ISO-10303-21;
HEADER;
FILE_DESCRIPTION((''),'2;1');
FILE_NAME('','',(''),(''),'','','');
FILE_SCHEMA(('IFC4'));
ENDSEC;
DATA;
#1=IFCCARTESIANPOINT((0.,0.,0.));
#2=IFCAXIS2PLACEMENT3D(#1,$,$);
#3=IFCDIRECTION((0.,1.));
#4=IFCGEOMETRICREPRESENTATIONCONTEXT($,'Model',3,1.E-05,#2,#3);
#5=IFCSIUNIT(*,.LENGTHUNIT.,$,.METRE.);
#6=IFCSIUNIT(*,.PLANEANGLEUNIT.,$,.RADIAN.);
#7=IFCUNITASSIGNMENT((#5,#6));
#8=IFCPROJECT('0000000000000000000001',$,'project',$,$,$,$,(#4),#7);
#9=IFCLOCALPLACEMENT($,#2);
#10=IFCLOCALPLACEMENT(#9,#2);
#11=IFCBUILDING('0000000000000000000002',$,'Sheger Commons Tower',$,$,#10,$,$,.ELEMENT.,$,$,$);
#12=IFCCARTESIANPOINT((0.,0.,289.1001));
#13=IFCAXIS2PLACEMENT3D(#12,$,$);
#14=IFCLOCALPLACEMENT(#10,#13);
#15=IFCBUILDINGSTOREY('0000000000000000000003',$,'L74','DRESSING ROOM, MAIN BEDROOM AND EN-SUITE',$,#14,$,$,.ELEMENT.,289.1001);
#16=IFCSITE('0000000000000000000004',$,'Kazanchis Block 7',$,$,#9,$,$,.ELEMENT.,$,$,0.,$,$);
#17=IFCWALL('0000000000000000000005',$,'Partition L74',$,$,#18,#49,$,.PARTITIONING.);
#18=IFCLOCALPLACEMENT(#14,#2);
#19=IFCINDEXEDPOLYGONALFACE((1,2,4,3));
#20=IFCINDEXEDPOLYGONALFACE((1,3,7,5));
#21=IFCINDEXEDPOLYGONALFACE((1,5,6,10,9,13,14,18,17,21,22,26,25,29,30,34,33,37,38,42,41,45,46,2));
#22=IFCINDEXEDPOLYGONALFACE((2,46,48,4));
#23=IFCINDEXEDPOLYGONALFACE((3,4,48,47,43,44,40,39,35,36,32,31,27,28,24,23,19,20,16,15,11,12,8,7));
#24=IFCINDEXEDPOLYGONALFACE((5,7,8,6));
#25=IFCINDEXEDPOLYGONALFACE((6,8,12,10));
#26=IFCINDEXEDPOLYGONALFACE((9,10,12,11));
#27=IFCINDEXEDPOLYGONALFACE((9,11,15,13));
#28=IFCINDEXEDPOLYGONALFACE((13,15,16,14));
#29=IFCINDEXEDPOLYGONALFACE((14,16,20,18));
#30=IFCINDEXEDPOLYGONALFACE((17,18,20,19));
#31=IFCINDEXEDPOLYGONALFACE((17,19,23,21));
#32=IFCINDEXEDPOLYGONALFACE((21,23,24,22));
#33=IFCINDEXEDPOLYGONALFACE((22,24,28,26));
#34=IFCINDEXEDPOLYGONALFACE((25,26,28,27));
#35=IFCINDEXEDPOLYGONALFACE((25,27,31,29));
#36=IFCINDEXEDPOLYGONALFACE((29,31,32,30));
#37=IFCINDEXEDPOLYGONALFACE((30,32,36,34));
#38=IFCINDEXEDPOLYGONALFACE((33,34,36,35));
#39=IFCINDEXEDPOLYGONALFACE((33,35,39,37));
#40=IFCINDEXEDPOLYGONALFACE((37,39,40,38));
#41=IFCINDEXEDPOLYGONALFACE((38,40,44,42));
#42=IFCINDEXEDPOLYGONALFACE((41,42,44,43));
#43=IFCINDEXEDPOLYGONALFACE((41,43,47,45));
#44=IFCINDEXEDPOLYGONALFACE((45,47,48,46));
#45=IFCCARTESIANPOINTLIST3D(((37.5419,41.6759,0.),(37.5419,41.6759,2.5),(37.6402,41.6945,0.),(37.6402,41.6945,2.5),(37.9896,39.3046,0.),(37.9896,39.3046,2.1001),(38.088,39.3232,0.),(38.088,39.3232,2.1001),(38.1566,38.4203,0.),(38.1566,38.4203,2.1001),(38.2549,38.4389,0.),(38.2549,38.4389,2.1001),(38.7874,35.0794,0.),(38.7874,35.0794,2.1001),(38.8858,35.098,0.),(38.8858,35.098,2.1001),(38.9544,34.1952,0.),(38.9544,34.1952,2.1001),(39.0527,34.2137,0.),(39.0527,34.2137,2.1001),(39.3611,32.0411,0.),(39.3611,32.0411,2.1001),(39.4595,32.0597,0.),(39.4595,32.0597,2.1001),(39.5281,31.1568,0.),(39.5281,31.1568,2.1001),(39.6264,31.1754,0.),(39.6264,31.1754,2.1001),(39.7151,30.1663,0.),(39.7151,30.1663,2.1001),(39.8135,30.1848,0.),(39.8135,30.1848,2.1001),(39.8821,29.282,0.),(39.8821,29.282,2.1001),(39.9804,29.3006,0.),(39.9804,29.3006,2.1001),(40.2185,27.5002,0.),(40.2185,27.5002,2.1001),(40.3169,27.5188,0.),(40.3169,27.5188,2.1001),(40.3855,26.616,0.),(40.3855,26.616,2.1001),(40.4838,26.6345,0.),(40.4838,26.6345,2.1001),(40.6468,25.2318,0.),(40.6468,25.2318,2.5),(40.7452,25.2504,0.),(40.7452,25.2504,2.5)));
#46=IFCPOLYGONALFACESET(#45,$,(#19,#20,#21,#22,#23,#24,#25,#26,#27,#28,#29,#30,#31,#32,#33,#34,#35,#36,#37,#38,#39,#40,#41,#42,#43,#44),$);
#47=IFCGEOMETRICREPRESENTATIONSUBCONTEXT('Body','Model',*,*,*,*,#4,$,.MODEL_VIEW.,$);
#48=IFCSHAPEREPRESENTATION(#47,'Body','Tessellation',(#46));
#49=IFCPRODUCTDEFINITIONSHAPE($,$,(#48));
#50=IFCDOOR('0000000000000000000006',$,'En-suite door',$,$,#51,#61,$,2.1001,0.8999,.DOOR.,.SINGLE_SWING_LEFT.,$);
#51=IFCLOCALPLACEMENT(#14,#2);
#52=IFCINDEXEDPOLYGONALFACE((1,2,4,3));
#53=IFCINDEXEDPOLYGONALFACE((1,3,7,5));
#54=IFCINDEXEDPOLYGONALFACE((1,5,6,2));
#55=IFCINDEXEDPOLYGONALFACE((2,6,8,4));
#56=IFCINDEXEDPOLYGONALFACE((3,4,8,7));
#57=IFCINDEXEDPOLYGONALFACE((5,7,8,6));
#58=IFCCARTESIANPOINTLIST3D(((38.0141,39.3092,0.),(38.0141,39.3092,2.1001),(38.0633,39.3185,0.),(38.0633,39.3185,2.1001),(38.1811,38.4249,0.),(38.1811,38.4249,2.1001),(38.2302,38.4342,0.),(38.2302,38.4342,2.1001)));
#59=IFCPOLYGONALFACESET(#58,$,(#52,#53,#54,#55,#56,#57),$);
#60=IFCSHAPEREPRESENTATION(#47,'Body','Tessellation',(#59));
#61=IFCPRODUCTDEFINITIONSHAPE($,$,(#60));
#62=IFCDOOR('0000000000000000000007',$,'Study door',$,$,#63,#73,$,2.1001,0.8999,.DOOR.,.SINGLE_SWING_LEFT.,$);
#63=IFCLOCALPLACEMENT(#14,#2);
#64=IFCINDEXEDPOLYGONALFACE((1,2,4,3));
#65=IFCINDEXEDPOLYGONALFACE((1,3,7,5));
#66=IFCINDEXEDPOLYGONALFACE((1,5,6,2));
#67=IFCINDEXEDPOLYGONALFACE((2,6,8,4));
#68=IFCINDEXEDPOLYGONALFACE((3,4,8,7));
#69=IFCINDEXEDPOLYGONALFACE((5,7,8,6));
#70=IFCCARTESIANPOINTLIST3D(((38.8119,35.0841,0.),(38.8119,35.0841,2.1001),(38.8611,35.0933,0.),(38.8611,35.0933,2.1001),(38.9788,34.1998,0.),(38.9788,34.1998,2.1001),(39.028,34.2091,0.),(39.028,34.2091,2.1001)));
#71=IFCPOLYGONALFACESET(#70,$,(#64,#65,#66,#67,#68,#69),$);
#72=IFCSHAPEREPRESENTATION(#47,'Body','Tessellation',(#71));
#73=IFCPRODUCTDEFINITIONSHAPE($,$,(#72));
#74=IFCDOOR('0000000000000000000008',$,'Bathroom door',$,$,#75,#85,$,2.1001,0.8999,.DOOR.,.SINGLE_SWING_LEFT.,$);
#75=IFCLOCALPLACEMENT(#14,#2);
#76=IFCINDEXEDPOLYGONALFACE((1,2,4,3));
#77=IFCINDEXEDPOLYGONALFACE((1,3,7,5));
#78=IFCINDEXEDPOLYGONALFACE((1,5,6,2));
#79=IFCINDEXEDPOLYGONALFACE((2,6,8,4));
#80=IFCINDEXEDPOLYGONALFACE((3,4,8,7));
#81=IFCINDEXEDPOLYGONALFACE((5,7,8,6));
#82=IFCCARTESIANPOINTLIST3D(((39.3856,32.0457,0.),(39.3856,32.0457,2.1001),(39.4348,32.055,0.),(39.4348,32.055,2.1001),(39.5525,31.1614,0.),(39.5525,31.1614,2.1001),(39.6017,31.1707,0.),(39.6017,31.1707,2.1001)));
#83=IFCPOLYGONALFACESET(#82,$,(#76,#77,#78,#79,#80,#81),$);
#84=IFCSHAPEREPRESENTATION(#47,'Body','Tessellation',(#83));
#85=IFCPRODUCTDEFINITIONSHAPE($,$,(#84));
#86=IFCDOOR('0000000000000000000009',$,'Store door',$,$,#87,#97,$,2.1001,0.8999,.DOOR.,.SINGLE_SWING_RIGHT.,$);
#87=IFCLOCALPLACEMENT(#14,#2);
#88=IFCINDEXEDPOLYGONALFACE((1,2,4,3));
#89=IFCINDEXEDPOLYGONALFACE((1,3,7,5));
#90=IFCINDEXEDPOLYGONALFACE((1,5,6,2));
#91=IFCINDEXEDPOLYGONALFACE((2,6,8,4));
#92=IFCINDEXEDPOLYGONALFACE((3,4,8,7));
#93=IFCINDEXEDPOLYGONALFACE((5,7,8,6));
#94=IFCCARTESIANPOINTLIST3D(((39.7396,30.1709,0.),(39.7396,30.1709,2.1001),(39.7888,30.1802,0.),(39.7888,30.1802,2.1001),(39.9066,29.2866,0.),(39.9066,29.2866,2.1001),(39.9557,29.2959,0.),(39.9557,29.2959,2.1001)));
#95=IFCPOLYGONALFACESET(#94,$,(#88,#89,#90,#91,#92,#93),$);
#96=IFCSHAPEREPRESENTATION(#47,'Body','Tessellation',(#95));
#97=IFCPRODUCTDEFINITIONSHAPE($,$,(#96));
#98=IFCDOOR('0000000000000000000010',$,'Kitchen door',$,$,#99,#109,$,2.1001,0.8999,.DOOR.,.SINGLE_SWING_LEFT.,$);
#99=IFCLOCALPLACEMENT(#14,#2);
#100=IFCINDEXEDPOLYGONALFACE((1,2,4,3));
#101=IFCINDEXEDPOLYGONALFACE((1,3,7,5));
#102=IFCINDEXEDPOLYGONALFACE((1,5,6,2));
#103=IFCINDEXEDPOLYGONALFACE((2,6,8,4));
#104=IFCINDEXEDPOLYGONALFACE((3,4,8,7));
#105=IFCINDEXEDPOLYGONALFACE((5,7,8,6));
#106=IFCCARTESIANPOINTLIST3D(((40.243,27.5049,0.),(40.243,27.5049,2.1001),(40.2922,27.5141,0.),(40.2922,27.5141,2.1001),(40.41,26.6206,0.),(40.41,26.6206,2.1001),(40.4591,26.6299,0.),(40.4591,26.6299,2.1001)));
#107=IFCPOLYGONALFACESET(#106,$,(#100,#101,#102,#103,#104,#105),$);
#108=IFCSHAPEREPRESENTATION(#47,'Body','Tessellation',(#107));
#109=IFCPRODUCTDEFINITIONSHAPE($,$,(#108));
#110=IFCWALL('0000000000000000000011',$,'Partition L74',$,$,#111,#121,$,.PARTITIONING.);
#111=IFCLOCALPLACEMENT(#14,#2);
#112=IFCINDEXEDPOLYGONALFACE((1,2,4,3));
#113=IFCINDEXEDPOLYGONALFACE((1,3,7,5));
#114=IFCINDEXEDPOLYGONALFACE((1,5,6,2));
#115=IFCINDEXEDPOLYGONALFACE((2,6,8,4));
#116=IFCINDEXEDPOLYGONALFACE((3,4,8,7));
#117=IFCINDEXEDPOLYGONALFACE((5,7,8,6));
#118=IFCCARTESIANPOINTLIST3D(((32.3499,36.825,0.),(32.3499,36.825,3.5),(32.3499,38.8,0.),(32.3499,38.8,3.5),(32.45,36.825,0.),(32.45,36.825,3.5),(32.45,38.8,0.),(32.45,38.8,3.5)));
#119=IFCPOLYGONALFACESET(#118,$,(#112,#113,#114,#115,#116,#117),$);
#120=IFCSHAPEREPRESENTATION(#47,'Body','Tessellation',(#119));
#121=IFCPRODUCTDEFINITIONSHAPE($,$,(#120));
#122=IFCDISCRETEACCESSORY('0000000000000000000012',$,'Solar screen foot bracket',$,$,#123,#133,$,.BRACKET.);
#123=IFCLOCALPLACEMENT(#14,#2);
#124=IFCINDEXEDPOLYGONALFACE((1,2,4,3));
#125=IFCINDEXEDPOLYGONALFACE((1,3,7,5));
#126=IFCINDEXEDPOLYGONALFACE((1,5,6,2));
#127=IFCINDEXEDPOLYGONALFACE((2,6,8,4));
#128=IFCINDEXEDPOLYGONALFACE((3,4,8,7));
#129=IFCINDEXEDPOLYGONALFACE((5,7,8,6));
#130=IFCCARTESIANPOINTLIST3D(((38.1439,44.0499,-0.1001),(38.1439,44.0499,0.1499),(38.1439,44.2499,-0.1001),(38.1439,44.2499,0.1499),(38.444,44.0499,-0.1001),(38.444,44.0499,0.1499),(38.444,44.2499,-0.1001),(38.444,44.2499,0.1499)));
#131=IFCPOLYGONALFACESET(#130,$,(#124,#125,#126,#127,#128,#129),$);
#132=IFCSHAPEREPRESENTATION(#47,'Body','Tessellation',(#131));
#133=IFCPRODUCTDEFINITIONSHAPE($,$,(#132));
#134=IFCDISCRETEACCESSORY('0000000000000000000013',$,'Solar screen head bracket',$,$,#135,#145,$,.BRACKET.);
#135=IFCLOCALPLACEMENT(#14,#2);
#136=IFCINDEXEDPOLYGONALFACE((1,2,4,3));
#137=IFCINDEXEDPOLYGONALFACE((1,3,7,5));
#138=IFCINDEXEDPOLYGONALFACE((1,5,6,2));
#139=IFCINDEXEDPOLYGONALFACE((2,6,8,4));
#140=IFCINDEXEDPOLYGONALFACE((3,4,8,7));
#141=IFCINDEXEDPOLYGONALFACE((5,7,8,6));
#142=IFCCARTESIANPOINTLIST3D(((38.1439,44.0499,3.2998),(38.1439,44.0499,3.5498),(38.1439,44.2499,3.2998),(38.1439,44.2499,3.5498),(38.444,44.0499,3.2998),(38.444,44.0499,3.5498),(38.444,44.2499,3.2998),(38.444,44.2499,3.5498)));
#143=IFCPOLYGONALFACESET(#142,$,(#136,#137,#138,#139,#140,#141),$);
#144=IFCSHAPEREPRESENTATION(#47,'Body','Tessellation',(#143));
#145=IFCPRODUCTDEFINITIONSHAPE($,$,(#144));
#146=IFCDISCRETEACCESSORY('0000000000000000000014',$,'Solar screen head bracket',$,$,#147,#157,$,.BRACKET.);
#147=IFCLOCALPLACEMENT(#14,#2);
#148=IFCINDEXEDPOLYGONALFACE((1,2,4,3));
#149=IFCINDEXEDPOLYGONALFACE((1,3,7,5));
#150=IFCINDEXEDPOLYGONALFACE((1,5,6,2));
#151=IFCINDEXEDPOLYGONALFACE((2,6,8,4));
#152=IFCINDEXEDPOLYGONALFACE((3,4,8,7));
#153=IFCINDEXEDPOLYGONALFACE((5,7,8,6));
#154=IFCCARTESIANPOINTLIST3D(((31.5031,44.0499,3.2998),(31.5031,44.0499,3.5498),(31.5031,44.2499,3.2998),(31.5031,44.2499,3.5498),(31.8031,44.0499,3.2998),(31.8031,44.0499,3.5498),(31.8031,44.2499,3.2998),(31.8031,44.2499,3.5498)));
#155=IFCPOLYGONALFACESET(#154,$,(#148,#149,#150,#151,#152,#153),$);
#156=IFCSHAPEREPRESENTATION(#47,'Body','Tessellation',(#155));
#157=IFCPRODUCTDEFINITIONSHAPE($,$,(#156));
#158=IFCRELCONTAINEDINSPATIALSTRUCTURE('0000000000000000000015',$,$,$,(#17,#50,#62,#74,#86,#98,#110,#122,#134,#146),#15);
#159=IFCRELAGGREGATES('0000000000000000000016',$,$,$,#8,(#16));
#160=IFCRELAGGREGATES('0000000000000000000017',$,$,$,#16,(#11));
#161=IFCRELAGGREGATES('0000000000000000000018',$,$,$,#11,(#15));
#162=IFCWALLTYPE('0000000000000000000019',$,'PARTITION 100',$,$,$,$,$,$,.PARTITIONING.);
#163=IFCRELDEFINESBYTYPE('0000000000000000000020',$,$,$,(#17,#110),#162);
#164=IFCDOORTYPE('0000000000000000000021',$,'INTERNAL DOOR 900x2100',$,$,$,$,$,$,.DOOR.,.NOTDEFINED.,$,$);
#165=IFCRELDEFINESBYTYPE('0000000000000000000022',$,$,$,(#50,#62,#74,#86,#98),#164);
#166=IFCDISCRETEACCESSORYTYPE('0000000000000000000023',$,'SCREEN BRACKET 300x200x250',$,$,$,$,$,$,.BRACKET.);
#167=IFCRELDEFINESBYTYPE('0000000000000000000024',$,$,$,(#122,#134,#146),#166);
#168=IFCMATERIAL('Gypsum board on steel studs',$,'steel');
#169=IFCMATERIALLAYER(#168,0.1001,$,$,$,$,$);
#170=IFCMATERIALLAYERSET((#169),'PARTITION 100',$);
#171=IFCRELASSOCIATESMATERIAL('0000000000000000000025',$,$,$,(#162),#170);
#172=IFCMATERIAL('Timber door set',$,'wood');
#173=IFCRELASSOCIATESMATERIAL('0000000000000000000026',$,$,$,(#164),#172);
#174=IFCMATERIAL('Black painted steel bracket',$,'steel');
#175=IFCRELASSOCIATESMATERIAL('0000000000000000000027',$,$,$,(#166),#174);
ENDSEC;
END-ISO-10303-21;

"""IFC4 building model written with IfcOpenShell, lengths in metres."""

from ifc_helpers import new_model, si_unit, direction, frame, frame_2d, origin, origin_2d, place, context, subcontext, project, spatial, rectangle, extrude, material, layer, layer_set, type_object, element, fill, save


model = new_model("IFC4")

# Units and contexts
model_context = context("Model", 3, precision=1e-05, world=origin(), true_north=direction((0.0, 1.0)))
body_context = subcontext(model_context, "Body", "Model", "MODEL_VIEW")
ifc_project = project(units=[si_unit("LENGTHUNIT", "METRE"), si_unit("PLANEANGLEUNIT", "RADIAN")], contexts=[model_context])

# Site, building, storey
site_placement = place(None, origin())
site = spatial("IfcSite", under=ifc_project, at=site_placement, Name="Kazanchis Block 7", CompositionType="ELEMENT", RefElevation=0.0)
building_placement = place(site_placement, origin())
building = spatial("IfcBuilding", under=site, at=building_placement, Name="Sheger Commons Tower", CompositionType="ELEMENT")
storey_placement = place(building_placement, frame((0.0, 0.0, 289.1001)))
storey = spatial("IfcBuildingStorey", under=building, at=storey_placement, Name="L74", Description="DRESSING ROOM, MAIN BEDROOM AND EN-SUITE", CompositionType="ELEMENT", Elevation=289.1001)

# Shared definitions
ifc_material_1 = material(Name="Gypsum board on steel studs", Category="steel")
ifc_layer_1 = layer(ifc_material_1, 0.1001)
ifc_layer_set_1 = layer_set([ifc_layer_1], Name="PARTITION 100")
wall_type_1 = type_object("IfcWallType", Name="PARTITION 100", PredefinedType="PARTITIONING", material=ifc_layer_set_1)

# Shared definitions
ifc_material_2 = material(Name="Timber door set", Category="wood")
door_type_1 = type_object("IfcDoorType", Name="INTERNAL DOOR 900x2100", OperationType="NOTDEFINED", PredefinedType="DOOR", material=ifc_material_2)

# Wall, openings, doors
wall_1_placement = place(storey_placement, frame((37.5911, 41.6851, 0.0), z_axis=(0.0, 0.0, 1.0), x_axis=(0.185542, -0.982636, 0.0)))
wall_1 = element("IfcWall", 1, at=wall_1_placement, inside=storey, type_object=wall_type_1, Name="Partition L74", PredefinedType="PARTITIONING", context=body_context, shape_type="SweptSolid", body=[
    extrude(rectangle(XDim=16.7346, YDim=0.1001, at=frame_2d((8.3672, 0.0))), origin(), (0.0, 0.0, 1.0), 2.5),
])
opening_1_placement = place(wall_1_placement, frame((2.4131, 0.0, 0.0)))
opening_1 = element("IfcOpeningElement", 2, at=opening_1_placement, cuts=wall_1, PredefinedType="OPENING", context=body_context, shape_type="SweptSolid", body=[
    extrude(rectangle(XDim=0.8999, YDim=2.1001, at=frame_2d((0.45, 1.05))), frame((0.0, 0.0601, 0.0), z_axis=(0.0, -1.0, 0.0), x_axis=(1.0, 0.0, 0.0)), (0.0, 0.0, 1.0), 0.1201),
])
opening_2_placement = place(wall_1_placement, frame((6.7129, 0.0, 0.0)))
opening_2 = element("IfcOpeningElement", 3, at=opening_2_placement, cuts=wall_1, PredefinedType="OPENING", context=body_context, shape_type="SweptSolid", body=[
    extrude(rectangle(XDim=0.8999, YDim=2.1001, at=frame_2d((0.45, 1.05))), frame((0.0, 0.0601, 0.0), z_axis=(0.0, -1.0, 0.0), x_axis=(1.0, 0.0, 0.0)), (0.0, 0.0, 1.0), 0.1201),
])
opening_3_placement = place(wall_1_placement, frame((9.8049, 0.0, 0.0)))
opening_3 = element("IfcOpeningElement", 4, at=opening_3_placement, cuts=wall_1, PredefinedType="OPENING", context=body_context, shape_type="SweptSolid", body=[
    extrude(rectangle(XDim=0.8999, YDim=2.1001, at=frame_2d((0.45, 1.05))), frame((0.0, 0.0601, 0.0), z_axis=(0.0, -1.0, 0.0), x_axis=(1.0, 0.0, 0.0)), (0.0, 0.0, 1.0), 0.1201),
])
opening_4_placement = place(wall_1_placement, frame((11.7129, 0.0, 0.0)))
opening_4 = element("IfcOpeningElement", 5, at=opening_4_placement, cuts=wall_1, PredefinedType="OPENING", context=body_context, shape_type="SweptSolid", body=[
    extrude(rectangle(XDim=0.8999, YDim=2.1001, at=frame_2d((0.45, 1.05))), frame((0.0, 0.0601, 0.0), z_axis=(0.0, -1.0, 0.0), x_axis=(1.0, 0.0, 0.0)), (0.0, 0.0, 1.0), 0.1201),
])
opening_5_placement = place(wall_1_placement, frame((14.426, 0.0, 0.0)))
opening_5 = element("IfcOpeningElement", 6, at=opening_5_placement, cuts=wall_1, PredefinedType="OPENING", context=body_context, shape_type="SweptSolid", body=[
    extrude(rectangle(XDim=0.8999, YDim=2.1001, at=frame_2d((0.45, 1.05))), frame((0.0, 0.0601, 0.0), z_axis=(0.0, -1.0, 0.0), x_axis=(1.0, 0.0, 0.0)), (0.0, 0.0, 1.0), 0.1201),
])
door_1_placement = place(opening_1_placement, origin())
door_1 = element("IfcDoor", 7, at=door_1_placement, inside=storey, type_object=door_type_1, Name="En-suite door", OperationType="SINGLE_SWING_LEFT", OverallHeight=2.1001, OverallWidth=0.8999, PredefinedType="DOOR", context=body_context, shape_type="SweptSolid", body=[
    extrude(rectangle(XDim=0.8999, YDim=2.1001, at=frame_2d((0.45, 1.05))), frame((0.0, 0.0249, 0.0), z_axis=(0.0, -1.0, 0.0), x_axis=(1.0, 0.0, 0.0)), (0.0, 0.0, 1.0), 0.05),
])
fill(opening_1, door_1)
door_2_placement = place(opening_2_placement, origin())
door_2 = element("IfcDoor", 8, at=door_2_placement, inside=storey, type_object=door_type_1, Name="Study door", OperationType="SINGLE_SWING_LEFT", OverallHeight=2.1001, OverallWidth=0.8999, PredefinedType="DOOR", context=body_context, shape_type="SweptSolid", body=[
    extrude(rectangle(XDim=0.8999, YDim=2.1001, at=frame_2d((0.45, 1.05))), frame((0.0, 0.0249, 0.0), z_axis=(0.0, -1.0, 0.0), x_axis=(1.0, 0.0, 0.0)), (0.0, 0.0, 1.0), 0.05),
])
fill(opening_2, door_2)
door_3_placement = place(opening_3_placement, origin())
door_3 = element("IfcDoor", 9, at=door_3_placement, inside=storey, type_object=door_type_1, Name="Bathroom door", OperationType="SINGLE_SWING_LEFT", OverallHeight=2.1001, OverallWidth=0.8999, PredefinedType="DOOR", context=body_context, shape_type="SweptSolid", body=[
    extrude(rectangle(XDim=0.8999, YDim=2.1001, at=frame_2d((0.45, 1.05))), frame((0.0, 0.0249, 0.0), z_axis=(0.0, -1.0, 0.0), x_axis=(1.0, 0.0, 0.0)), (0.0, 0.0, 1.0), 0.05),
])
fill(opening_3, door_3)
door_4_placement = place(opening_4_placement, origin())
door_4 = element("IfcDoor", 10, at=door_4_placement, inside=storey, type_object=door_type_1, Name="Store door", OperationType="SINGLE_SWING_RIGHT", OverallHeight=2.1001, OverallWidth=0.8999, PredefinedType="DOOR", context=body_context, shape_type="SweptSolid", body=[
    extrude(rectangle(XDim=0.8999, YDim=2.1001, at=frame_2d((0.45, 1.05))), frame((0.0, 0.0249, 0.0), z_axis=(0.0, -1.0, 0.0), x_axis=(1.0, 0.0, 0.0)), (0.0, 0.0, 1.0), 0.05),
])
fill(opening_4, door_4)
door_5_placement = place(opening_5_placement, origin())
door_5 = element("IfcDoor", 11, at=door_5_placement, inside=storey, type_object=door_type_1, Name="Kitchen door", OperationType="SINGLE_SWING_LEFT", OverallHeight=2.1001, OverallWidth=0.8999, PredefinedType="DOOR", context=body_context, shape_type="SweptSolid", body=[
    extrude(rectangle(XDim=0.8999, YDim=2.1001, at=frame_2d((0.45, 1.05))), frame((0.0, 0.0249, 0.0), z_axis=(0.0, -1.0, 0.0), x_axis=(1.0, 0.0, 0.0)), (0.0, 0.0, 1.0), 0.05),
])
fill(opening_5, door_5)

# Wall
wall_2_placement = place(storey_placement, frame((32.3999, 36.825, 0.0), z_axis=(0.0, 0.0, 1.0), x_axis=(0.0, 1.0, 0.0)))
element("IfcWall", 12, at=wall_2_placement, inside=storey, type_object=wall_type_1, Name="Partition L74", PredefinedType="PARTITIONING", context=body_context, shape_type="SweptSolid", body=[
    extrude(rectangle(XDim=1.9751, YDim=0.1001, at=frame_2d((0.9875, 0.0))), origin(), (0.0, 0.0, 1.0), 3.5),
])

# Discrete accessories
ifc_material_3 = material(Name="Black painted steel bracket", Category="steel")
discrete_accessory_type = type_object("IfcDiscreteAccessoryType", Name="SCREEN BRACKET 300x200x250", PredefinedType="BRACKET", material=ifc_material_3)
for number, where, z_axis, x_axis, name in (
    (13, (38.2939, 44.1499, -0.1001), (0.0, 0.0, 1.0), (-1.0, 0.0, 0.0), "Solar screen foot bracket"),
    (14, (38.2939, 44.1499, 3.2998), (0.0, 0.0, 1.0), (-1.0, 0.0, 0.0), "Solar screen head bracket"),
    (15, (31.6531, 44.1499, 3.2998), (0.0, 0.0, 1.0), (-1.0, 0.0, 0.0), "Solar screen head bracket"),
):
    element("IfcDiscreteAccessory", number, at=place(storey_placement, frame(where, z_axis=z_axis, x_axis=x_axis)), inside=storey, type_object=discrete_accessory_type, Name=name, PredefinedType="BRACKET", context=body_context, shape_type="SweptSolid", body=[
        extrude(rectangle(XDim=0.3, YDim=0.2, at=origin_2d()), origin(), (0.0, 0.0, 1.0), 0.25),
    ])

save(model, "model.ifc")
